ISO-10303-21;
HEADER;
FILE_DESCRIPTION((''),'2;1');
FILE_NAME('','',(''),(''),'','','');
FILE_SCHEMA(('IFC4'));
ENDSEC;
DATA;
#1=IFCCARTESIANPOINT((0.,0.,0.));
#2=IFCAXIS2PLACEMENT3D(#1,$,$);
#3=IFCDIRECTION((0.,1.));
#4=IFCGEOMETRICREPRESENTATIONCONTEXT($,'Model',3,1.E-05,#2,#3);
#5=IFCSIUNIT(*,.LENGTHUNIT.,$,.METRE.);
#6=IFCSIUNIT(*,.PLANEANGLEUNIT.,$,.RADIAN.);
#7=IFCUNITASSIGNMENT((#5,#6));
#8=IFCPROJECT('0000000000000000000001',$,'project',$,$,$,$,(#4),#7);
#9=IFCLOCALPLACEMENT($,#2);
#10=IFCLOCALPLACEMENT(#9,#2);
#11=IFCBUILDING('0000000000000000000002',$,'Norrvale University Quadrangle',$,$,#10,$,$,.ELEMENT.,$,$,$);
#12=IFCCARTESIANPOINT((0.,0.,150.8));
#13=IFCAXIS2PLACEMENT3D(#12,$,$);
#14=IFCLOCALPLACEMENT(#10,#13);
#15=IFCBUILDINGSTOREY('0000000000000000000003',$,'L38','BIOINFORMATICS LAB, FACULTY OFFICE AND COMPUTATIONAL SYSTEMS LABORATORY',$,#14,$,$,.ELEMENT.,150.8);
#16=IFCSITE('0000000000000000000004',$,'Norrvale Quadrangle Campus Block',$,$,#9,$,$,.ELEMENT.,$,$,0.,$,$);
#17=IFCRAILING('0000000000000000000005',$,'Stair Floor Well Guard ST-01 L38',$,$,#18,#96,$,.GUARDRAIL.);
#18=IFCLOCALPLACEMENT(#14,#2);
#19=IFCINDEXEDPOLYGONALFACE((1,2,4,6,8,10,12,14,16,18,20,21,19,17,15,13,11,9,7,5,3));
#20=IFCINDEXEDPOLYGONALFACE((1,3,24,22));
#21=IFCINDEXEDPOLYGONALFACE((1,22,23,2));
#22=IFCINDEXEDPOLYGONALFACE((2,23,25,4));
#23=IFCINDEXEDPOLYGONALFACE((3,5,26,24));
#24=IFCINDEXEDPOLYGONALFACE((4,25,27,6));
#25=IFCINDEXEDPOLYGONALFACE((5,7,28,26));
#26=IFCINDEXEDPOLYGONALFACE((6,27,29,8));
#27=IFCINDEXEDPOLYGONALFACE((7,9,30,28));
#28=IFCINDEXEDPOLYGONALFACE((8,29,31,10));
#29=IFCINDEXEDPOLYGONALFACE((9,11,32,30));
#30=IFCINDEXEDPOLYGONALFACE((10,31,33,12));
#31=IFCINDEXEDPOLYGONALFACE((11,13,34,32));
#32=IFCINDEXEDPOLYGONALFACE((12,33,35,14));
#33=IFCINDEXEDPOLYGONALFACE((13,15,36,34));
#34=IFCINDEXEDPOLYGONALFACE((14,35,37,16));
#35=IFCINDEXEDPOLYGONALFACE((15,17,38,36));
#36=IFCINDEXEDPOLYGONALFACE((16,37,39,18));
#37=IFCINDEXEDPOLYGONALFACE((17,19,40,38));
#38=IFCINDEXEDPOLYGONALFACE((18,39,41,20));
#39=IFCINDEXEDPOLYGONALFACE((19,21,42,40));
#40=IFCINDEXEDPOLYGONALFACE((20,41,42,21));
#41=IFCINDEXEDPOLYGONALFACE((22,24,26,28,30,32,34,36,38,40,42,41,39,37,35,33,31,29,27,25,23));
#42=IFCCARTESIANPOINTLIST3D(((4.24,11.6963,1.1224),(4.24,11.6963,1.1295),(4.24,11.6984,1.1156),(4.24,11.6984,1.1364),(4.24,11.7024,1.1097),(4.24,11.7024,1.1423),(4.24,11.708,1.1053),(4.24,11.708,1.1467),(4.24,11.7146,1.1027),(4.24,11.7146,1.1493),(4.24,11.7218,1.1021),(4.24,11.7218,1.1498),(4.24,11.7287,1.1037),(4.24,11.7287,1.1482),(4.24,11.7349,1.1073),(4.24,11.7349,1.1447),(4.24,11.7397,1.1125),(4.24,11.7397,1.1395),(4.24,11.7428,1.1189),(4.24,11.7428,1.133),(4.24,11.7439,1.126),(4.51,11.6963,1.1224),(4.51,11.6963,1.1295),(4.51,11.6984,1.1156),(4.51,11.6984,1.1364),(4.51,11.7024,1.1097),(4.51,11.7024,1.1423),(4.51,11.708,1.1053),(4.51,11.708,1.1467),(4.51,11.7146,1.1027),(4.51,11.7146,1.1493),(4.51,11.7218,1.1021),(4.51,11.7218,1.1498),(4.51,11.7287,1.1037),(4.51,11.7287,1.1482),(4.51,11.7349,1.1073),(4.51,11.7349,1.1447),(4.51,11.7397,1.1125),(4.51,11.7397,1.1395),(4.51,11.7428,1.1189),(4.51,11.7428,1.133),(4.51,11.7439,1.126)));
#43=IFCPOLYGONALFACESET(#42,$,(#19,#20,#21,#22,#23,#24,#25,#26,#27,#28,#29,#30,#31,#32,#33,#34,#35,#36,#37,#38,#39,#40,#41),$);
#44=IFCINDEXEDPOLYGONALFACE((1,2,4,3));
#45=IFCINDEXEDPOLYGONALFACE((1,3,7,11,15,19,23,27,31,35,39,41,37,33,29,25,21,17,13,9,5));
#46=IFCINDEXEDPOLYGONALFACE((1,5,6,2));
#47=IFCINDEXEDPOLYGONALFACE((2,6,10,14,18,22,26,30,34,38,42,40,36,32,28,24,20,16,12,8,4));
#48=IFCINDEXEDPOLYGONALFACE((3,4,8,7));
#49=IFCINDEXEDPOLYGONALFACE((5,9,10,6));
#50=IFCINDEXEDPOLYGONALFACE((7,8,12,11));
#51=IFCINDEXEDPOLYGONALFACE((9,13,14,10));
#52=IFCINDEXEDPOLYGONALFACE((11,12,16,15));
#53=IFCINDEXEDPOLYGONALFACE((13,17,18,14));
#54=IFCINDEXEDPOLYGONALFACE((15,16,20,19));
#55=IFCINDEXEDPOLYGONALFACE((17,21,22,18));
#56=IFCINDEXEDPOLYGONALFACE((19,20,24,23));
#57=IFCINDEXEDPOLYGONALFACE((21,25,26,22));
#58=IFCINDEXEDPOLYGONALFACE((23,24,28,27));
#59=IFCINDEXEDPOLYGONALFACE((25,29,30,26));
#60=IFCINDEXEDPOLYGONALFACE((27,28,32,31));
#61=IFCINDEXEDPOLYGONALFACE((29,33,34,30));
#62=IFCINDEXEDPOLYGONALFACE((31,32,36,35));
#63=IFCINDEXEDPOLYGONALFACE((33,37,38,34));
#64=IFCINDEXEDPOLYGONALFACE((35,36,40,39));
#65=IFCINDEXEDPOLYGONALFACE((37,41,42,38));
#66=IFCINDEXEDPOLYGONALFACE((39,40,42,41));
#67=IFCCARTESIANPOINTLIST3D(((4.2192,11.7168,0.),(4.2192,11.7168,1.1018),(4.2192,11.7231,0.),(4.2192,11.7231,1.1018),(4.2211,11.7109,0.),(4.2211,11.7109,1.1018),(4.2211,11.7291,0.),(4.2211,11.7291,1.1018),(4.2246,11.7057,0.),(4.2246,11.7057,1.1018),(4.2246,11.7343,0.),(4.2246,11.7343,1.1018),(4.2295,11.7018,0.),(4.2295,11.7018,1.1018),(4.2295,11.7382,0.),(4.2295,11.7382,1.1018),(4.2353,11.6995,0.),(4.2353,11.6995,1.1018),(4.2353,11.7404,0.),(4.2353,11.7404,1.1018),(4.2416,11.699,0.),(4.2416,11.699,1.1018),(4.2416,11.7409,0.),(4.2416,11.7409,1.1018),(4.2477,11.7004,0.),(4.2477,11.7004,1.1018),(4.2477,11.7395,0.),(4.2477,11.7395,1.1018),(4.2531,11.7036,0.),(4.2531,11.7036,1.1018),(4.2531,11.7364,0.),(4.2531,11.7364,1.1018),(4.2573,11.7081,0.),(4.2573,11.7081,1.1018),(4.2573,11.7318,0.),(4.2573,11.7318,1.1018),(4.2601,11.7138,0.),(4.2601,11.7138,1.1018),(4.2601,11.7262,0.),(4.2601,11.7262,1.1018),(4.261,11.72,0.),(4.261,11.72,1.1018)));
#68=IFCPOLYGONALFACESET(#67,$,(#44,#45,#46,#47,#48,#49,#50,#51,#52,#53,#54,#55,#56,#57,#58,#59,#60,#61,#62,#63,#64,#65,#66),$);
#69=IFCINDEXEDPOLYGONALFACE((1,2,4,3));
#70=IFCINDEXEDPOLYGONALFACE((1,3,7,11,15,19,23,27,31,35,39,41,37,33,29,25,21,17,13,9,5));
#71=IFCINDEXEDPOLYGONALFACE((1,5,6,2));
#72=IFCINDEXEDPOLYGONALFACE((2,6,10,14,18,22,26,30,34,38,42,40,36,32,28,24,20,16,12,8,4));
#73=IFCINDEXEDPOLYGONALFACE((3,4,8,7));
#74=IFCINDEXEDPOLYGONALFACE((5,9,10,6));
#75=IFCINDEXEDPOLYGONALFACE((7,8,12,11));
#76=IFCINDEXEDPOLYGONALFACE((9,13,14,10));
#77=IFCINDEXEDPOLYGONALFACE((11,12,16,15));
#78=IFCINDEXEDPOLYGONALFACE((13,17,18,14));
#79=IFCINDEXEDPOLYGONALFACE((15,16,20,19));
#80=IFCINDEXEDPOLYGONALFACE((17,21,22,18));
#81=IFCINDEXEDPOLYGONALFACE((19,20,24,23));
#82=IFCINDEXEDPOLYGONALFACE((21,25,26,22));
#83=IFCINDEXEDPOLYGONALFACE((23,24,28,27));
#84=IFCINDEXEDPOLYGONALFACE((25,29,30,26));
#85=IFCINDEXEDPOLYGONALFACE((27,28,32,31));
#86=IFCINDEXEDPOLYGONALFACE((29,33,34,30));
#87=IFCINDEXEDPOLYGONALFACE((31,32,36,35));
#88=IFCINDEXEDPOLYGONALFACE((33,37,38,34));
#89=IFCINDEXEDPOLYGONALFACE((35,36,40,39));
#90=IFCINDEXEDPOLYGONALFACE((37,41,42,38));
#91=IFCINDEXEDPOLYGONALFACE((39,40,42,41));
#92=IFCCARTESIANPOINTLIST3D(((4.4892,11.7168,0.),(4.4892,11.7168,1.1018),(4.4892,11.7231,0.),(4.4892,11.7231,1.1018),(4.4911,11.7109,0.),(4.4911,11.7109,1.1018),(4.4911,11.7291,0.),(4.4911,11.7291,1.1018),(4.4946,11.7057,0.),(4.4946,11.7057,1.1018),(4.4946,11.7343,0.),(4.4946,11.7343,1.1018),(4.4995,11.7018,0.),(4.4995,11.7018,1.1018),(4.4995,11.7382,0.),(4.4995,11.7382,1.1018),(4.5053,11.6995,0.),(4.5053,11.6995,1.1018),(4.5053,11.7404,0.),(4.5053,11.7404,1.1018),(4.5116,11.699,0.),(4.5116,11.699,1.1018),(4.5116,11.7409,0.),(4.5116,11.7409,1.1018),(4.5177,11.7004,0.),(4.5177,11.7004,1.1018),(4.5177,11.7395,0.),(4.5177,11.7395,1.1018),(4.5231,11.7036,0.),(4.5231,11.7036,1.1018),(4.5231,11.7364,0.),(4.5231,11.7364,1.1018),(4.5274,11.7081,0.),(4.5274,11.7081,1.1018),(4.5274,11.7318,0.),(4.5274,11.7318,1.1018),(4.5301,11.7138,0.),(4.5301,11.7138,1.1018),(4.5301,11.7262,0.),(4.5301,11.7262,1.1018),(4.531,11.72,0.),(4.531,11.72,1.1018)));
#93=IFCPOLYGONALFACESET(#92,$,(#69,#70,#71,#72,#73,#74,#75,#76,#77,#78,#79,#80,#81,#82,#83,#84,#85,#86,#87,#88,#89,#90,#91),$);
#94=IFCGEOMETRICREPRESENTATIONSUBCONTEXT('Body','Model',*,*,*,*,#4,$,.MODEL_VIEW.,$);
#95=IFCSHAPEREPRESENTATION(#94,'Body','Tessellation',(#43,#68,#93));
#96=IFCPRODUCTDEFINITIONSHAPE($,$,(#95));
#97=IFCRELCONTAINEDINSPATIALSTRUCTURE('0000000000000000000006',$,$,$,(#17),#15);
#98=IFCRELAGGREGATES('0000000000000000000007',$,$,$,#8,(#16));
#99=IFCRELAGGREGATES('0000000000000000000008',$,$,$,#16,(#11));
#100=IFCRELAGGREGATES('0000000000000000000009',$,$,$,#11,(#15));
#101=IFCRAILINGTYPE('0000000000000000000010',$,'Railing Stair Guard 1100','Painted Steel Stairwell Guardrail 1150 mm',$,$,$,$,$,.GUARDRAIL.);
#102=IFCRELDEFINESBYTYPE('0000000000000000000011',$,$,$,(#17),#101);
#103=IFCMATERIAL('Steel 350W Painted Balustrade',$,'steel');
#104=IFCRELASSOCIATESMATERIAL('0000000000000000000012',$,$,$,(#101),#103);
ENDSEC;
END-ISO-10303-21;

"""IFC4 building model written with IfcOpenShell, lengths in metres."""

from ifc_helpers import new_model, si_unit, direction, frame, origin, origin_2d, place, context, subcontext, project, spatial, circle, extrude, material, type_object, element, save


model = new_model("IFC4")

# Units and contexts
model_context = context("Model", 3, precision=1e-05, world=origin(), true_north=direction((0.0, 1.0)))
body_context = subcontext(model_context, "Body", "Model", "MODEL_VIEW")
ifc_project = project(units=[si_unit("LENGTHUNIT", "METRE"), si_unit("PLANEANGLEUNIT", "RADIAN")], contexts=[model_context])

# Site, building, storey
site_placement = place(None, origin())
site = spatial("IfcSite", under=ifc_project, at=site_placement, Name="Norrvale Quadrangle Campus Block", CompositionType="ELEMENT", RefElevation=0.0)
building_placement = place(site_placement, origin())
building = spatial("IfcBuilding", under=site, at=building_placement, Name="Norrvale University Quadrangle", CompositionType="ELEMENT")
storey_placement = place(building_placement, frame((0.0, 0.0, 150.8)))
storey = spatial("IfcBuildingStorey", under=building, at=storey_placement, Name="L38", Description="BIOINFORMATICS LAB, FACULTY OFFICE AND COMPUTATIONAL SYSTEMS LABORATORY", CompositionType="ELEMENT", Elevation=150.8)

# Railing
ifc_material_1 = material(Name="Steel 350W Painted Balustrade", Category="steel")
railing_type_1 = type_object("IfcRailingType", Name="Railing Stair Guard 1100", Description="Painted Steel Stairwell Guardrail 1150 mm", PredefinedType="GUARDRAIL", material=ifc_material_1)
railing_1_placement = place(storey_placement, frame((4.24, 11.72, 0.0)))
element("IfcRailing", 1, at=railing_1_placement, inside=storey, type_object=railing_type_1, Name="Stair Floor Well Guard ST-01 L38", PredefinedType="GUARDRAIL", context=body_context, shape_type="SweptSolid", body=[
    extrude(circle(Radius=0.0239, at=origin_2d()), frame((0.0, 0.0, 1.126), z_axis=(1.0, 0.0, 0.0), x_axis=(0.0, 1.0, 0.0)), (0.0, 0.0, 1.0), 0.27),
    extrude(circle(Radius=0.021, at=origin_2d()), origin(), (0.0, 0.0, 1.0), 1.1018),
    extrude(circle(Radius=0.021, at=origin_2d()), frame((0.27, 0.0, 0.0)), (0.0, 0.0, 1.0), 1.1018),
])

save(model, "model.ifc")
